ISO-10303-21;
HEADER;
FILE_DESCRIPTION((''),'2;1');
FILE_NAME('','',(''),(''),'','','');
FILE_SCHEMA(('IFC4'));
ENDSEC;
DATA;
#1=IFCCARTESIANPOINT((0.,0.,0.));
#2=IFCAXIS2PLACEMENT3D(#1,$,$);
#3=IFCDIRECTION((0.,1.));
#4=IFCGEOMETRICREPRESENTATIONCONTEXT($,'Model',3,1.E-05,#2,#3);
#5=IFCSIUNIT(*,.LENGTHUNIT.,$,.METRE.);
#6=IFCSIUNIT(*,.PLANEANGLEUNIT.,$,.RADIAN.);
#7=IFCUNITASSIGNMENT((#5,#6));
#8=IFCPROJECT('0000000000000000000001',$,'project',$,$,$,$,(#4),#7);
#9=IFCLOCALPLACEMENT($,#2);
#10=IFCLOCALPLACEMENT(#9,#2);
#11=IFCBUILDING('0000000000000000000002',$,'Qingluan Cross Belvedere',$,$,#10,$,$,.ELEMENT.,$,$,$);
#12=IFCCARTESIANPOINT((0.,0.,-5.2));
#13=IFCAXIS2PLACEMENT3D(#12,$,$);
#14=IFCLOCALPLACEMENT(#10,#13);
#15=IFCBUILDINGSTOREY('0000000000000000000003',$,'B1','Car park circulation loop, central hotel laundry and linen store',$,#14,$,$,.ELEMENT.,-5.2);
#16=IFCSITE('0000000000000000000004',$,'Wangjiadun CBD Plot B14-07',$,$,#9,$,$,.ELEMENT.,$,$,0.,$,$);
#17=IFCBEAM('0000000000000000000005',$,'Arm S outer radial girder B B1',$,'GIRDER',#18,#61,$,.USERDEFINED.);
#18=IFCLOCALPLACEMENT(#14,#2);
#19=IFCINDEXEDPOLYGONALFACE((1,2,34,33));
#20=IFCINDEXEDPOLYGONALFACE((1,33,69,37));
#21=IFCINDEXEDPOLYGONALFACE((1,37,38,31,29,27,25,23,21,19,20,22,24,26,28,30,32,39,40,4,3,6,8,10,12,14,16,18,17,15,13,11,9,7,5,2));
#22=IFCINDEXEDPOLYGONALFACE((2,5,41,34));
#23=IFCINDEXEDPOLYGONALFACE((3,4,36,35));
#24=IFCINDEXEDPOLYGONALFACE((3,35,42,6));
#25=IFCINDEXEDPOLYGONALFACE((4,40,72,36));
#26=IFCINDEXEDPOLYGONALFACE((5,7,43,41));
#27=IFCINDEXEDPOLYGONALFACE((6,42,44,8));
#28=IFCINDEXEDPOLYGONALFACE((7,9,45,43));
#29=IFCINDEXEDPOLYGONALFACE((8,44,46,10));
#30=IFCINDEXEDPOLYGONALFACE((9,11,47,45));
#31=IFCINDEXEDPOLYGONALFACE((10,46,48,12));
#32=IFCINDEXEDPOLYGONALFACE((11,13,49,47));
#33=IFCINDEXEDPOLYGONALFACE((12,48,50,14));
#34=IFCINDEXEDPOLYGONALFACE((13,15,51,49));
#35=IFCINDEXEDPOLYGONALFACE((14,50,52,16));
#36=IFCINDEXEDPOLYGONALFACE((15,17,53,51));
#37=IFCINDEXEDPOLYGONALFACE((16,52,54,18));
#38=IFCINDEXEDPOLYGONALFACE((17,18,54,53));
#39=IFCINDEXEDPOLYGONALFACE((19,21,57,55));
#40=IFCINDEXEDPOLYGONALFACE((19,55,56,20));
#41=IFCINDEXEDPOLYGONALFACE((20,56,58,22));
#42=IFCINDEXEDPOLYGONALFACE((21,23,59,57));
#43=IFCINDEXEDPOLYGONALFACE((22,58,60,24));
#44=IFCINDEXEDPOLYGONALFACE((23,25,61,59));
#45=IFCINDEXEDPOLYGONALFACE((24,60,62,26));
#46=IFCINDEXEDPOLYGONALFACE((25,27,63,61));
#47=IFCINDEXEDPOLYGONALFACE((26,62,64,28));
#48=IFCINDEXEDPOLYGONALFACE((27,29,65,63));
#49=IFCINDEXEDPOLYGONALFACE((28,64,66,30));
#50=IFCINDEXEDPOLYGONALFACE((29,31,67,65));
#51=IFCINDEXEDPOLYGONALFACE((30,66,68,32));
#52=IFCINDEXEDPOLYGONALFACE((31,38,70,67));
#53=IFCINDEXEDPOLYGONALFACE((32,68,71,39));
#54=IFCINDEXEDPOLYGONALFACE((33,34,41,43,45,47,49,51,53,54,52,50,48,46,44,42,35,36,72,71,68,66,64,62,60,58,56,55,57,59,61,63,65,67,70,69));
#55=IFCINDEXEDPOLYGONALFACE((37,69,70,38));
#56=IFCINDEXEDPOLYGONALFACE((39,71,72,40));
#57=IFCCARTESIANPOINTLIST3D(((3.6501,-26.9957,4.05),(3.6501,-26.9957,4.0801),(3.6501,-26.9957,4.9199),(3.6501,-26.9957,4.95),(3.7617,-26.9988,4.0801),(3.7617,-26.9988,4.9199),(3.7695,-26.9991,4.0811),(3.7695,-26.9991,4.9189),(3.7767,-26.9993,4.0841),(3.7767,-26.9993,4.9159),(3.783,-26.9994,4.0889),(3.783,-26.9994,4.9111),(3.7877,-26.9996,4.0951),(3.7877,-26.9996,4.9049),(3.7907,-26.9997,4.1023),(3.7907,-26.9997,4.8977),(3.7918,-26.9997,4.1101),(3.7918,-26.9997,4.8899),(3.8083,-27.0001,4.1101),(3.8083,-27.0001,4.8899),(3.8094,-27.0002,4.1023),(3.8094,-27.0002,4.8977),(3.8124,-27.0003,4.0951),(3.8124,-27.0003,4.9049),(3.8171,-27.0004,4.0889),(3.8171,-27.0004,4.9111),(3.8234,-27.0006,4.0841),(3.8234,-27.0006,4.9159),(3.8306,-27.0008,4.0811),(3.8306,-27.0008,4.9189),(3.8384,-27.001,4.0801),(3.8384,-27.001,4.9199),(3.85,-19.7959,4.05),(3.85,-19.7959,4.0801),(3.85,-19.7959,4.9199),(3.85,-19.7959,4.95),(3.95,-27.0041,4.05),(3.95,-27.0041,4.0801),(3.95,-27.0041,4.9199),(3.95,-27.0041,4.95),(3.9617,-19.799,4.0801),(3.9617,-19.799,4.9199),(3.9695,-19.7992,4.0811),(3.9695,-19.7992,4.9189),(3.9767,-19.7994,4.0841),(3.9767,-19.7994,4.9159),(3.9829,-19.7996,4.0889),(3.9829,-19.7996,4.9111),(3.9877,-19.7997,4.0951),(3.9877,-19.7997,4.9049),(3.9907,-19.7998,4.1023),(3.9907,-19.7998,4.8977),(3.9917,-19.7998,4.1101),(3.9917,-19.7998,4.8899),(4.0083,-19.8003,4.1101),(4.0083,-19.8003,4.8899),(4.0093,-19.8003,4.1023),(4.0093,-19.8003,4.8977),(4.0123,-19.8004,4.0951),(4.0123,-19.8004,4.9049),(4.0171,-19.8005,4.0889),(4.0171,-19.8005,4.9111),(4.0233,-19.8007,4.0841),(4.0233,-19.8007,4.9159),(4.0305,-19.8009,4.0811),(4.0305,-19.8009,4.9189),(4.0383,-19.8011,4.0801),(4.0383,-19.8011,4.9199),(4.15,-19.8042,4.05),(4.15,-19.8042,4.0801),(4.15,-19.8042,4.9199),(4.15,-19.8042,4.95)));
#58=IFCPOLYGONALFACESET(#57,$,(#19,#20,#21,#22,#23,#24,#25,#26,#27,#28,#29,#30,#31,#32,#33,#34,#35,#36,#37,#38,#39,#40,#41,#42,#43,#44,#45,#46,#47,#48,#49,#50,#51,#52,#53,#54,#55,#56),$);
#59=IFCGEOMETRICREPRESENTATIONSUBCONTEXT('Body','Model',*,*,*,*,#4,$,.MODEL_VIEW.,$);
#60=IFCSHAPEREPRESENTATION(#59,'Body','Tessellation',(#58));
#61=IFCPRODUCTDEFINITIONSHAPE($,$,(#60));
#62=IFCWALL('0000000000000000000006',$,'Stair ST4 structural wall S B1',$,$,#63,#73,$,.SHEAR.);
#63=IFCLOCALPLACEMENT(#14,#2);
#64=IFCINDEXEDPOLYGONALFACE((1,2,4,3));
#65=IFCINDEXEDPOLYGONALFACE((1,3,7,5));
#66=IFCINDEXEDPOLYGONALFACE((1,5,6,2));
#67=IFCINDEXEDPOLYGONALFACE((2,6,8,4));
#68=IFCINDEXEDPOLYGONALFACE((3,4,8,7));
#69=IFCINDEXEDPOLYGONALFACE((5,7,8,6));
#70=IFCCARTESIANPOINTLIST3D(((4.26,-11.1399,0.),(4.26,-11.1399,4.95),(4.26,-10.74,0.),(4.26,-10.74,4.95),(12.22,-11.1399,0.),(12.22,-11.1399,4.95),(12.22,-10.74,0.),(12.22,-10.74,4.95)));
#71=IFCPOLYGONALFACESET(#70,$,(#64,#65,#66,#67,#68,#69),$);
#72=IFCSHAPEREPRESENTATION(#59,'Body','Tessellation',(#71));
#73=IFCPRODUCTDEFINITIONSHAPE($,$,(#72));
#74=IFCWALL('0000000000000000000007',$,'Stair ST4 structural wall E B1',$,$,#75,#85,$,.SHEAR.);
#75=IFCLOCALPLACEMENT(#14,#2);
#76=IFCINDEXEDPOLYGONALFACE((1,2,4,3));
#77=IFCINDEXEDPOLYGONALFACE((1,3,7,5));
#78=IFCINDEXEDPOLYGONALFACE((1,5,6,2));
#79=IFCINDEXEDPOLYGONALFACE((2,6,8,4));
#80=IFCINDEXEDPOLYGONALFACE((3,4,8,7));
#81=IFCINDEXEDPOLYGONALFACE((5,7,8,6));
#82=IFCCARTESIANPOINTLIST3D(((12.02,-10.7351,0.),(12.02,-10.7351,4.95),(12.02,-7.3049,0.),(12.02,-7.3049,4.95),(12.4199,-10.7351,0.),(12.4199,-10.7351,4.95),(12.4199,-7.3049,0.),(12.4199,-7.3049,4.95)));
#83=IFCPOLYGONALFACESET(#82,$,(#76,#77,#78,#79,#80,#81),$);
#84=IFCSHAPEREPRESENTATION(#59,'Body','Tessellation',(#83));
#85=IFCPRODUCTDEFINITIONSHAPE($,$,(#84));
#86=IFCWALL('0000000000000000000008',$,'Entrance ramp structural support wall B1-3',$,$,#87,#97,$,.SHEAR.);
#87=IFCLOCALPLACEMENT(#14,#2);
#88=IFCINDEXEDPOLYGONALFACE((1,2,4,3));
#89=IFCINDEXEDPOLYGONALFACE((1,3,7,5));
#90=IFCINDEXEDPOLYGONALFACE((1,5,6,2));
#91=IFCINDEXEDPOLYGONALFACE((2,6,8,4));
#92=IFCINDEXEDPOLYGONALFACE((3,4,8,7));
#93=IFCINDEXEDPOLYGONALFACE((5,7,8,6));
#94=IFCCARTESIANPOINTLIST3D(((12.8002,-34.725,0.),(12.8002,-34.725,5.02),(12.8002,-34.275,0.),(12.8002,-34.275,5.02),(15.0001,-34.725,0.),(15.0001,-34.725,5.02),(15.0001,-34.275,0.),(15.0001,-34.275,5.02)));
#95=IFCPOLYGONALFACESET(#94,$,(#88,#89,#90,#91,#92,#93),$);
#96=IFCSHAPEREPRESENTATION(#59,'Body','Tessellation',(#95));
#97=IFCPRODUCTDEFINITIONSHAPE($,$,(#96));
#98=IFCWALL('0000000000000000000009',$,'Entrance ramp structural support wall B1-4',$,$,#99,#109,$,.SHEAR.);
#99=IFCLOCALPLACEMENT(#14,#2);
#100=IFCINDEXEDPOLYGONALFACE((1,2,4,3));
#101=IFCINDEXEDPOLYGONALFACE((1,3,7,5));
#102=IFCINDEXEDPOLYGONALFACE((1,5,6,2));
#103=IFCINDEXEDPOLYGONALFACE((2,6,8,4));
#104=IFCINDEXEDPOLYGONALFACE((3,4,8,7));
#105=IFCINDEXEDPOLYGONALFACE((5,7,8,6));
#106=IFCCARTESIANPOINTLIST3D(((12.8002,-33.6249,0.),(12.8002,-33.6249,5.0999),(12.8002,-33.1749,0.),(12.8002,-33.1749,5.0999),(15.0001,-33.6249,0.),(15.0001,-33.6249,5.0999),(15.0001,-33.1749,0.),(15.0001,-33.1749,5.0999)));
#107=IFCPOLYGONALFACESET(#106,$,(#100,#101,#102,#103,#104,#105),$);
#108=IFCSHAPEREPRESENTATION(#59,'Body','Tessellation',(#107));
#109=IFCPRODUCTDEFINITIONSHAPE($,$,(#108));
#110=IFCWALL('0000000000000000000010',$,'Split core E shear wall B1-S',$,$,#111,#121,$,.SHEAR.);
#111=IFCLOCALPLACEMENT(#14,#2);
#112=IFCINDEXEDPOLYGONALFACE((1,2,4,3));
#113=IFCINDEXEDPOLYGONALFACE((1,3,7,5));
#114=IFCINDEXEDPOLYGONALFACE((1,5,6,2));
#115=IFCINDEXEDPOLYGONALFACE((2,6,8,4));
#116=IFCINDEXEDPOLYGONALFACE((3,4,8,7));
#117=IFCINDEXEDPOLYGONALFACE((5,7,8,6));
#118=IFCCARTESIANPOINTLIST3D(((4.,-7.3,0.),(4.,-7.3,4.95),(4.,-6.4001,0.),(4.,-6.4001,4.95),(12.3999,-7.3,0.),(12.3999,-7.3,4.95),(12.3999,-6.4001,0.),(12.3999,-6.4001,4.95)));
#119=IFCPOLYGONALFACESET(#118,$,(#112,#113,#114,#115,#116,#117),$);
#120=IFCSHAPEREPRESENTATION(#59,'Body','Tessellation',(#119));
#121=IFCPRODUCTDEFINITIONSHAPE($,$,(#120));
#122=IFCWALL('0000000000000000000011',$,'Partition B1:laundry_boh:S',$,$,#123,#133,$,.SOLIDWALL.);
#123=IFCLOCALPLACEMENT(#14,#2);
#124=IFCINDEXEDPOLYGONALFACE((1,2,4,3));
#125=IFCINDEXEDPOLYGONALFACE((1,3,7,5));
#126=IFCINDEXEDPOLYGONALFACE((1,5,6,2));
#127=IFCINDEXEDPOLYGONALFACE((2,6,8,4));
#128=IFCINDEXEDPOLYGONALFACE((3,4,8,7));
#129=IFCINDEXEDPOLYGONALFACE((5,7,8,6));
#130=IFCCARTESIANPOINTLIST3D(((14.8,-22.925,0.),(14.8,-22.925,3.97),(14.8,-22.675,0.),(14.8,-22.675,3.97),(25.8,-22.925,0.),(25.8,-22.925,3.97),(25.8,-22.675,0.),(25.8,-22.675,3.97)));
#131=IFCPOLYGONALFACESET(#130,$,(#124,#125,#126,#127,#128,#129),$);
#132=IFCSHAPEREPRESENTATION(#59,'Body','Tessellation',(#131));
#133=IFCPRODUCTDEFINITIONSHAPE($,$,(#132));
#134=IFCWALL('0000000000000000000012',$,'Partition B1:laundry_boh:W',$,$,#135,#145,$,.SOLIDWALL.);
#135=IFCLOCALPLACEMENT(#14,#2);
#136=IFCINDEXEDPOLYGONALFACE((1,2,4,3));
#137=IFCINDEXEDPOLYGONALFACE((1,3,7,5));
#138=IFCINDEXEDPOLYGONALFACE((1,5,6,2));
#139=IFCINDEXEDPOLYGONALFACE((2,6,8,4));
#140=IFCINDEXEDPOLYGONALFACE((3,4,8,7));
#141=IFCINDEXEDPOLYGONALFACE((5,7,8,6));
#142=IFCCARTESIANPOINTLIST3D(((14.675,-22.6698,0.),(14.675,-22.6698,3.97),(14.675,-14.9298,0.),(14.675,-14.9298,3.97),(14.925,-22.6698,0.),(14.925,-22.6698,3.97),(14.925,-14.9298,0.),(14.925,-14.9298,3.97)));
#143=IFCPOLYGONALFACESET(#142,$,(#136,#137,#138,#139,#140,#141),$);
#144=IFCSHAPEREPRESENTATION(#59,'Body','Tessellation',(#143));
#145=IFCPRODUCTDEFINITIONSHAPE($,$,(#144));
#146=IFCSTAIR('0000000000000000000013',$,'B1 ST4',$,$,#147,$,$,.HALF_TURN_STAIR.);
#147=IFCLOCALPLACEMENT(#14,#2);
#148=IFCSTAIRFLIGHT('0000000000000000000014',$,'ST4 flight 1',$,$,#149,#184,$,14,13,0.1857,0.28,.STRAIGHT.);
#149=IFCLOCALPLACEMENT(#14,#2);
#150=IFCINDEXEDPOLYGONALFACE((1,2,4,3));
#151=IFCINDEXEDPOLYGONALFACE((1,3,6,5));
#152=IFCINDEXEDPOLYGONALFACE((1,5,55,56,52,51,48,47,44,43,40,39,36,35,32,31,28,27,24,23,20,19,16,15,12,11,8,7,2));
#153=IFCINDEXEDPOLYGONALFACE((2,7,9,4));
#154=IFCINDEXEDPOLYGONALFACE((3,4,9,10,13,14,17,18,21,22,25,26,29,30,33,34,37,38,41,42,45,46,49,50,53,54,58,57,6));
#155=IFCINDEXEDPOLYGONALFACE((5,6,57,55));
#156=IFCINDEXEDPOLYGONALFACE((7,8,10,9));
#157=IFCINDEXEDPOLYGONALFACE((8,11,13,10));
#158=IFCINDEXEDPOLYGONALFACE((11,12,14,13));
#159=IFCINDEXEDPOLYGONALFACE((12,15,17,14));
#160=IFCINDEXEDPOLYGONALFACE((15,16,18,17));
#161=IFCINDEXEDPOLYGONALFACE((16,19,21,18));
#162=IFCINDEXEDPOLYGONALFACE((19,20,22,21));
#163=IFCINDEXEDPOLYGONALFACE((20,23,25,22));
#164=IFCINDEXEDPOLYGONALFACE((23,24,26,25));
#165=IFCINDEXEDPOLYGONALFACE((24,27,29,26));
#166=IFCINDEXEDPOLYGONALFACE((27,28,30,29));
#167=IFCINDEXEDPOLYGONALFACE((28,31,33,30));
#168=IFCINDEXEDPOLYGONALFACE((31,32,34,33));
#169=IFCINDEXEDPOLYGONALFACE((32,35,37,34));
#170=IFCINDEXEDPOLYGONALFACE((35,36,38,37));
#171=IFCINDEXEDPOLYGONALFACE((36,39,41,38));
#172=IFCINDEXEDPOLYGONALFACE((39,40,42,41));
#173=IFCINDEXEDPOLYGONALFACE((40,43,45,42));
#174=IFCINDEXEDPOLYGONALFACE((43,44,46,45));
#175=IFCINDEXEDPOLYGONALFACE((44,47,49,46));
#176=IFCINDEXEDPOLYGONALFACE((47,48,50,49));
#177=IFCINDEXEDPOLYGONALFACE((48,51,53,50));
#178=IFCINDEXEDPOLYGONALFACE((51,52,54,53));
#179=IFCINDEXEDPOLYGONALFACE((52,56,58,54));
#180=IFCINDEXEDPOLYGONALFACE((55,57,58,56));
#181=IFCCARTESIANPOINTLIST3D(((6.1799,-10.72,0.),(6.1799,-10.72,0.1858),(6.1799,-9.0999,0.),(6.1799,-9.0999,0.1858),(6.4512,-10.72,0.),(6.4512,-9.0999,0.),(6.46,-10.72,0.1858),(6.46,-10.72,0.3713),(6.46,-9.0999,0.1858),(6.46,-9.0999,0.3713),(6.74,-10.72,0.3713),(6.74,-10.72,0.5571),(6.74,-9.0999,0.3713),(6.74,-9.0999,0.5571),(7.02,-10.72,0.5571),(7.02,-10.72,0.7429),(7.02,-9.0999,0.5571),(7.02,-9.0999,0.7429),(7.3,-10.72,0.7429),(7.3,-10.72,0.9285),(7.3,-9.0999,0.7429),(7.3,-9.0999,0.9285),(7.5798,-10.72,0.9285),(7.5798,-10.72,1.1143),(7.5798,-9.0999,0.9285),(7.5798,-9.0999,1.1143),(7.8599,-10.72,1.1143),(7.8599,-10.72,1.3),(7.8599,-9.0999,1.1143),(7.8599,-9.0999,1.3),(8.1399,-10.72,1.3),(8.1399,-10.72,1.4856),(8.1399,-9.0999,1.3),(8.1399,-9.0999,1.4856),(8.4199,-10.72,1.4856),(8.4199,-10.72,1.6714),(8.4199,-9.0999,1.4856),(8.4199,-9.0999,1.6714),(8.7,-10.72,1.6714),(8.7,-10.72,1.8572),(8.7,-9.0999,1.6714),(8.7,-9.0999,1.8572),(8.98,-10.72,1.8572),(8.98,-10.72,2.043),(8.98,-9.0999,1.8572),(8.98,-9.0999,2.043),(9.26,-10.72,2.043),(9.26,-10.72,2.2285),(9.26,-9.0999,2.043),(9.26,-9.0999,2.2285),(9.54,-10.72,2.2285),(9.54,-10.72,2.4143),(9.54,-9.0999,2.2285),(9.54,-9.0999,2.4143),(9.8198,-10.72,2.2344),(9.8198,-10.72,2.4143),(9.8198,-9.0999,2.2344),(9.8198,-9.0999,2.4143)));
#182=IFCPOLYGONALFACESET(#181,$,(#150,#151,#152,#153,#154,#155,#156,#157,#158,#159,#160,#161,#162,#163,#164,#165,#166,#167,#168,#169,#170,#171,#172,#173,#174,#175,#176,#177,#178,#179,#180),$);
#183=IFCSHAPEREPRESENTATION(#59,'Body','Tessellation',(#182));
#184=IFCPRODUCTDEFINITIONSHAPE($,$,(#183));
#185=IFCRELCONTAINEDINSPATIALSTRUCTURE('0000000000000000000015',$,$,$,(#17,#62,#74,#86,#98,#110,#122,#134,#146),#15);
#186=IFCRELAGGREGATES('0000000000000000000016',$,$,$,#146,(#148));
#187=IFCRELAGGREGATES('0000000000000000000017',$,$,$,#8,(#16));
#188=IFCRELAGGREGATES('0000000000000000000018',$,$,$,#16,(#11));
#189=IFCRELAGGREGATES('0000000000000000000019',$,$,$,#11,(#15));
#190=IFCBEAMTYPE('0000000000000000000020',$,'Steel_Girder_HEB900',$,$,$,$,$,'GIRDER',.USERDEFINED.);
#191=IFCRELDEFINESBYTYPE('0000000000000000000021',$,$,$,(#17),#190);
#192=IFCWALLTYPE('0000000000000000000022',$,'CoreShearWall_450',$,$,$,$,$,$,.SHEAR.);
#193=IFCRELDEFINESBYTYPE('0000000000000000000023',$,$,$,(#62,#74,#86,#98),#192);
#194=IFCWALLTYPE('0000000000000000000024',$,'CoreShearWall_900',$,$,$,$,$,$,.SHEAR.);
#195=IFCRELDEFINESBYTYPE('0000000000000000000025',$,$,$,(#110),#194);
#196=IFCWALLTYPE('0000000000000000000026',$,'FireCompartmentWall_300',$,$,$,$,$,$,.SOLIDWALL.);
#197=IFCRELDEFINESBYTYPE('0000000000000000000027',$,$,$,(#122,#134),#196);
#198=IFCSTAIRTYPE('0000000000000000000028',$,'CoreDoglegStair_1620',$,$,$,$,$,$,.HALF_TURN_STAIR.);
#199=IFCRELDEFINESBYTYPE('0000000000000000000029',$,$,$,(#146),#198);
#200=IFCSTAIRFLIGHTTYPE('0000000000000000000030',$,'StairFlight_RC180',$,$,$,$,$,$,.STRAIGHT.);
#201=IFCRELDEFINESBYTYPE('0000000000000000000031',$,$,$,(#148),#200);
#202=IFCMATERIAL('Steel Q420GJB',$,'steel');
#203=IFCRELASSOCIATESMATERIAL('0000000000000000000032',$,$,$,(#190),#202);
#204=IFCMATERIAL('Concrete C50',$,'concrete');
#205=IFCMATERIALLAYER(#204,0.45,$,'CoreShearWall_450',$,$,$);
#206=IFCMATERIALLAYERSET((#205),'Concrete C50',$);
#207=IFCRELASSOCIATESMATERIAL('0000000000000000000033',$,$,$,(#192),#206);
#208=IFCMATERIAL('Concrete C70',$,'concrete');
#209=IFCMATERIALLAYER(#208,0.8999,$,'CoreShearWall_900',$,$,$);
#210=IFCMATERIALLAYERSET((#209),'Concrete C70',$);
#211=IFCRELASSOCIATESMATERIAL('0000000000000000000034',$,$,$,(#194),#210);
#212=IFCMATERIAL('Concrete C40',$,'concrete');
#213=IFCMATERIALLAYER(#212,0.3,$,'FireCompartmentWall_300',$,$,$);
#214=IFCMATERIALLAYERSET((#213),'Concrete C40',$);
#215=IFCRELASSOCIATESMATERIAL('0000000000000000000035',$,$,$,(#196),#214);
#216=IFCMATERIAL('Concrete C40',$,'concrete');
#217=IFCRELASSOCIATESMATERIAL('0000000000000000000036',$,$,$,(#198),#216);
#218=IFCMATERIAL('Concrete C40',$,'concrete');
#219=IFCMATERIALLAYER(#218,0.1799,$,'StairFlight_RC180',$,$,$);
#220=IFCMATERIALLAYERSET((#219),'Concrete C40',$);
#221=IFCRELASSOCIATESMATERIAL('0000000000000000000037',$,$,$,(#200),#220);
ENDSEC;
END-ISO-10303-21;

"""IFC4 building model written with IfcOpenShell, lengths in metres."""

from ifc_helpers import new_model, si_unit, direction, frame, frame_2d, origin, origin_2d, place, context, subcontext, project, spatial, polyline, rectangle, i_section, outline, extrude, material, layer, layer_set, material_profile, profile_set, type_object, element, aggregate, save


model = new_model("IFC4")

# Units and contexts
model_context = context("Model", 3, precision=1e-05, world=origin(), true_north=direction((0.0, 1.0)))
body_context = subcontext(model_context, "Body", "Model", "MODEL_VIEW")
ifc_project = project(units=[si_unit("LENGTHUNIT", "METRE"), si_unit("PLANEANGLEUNIT", "RADIAN")], contexts=[model_context])

# Site, building, storey
site_placement = place(None, origin())
site = spatial("IfcSite", under=ifc_project, at=site_placement, Name="Wangjiadun CBD Plot B14-07", CompositionType="ELEMENT", RefElevation=0.0)
building_placement = place(site_placement, origin())
building = spatial("IfcBuilding", under=site, at=building_placement, Name="Qingluan Cross Belvedere", CompositionType="ELEMENT")
storey_placement = place(building_placement, frame((0.0, 0.0, -5.2)))
storey = spatial("IfcBuildingStorey", under=building, at=storey_placement, Name="B1", Description="Car park circulation loop, central hotel laundry and linen store", CompositionType="ELEMENT", Elevation=-5.2)

# Beam
ifc_material_1 = material(Name="Steel Q420GJB", Category="steel")
ifc_material_profile_1 = material_profile(ifc_material_1, i_section(OverallWidth=0.3, OverallDepth=0.8999, WebThickness=0.0166, FlangeThickness=0.03, FilletRadius=0.03, at=origin_2d()), Name="HEB900")
ifc_profile_set_1 = profile_set([ifc_material_profile_1], Name="Steel Q420GJB")
beam_type_1 = type_object("IfcBeamType", Name="Steel_Girder_HEB900", ElementType="GIRDER", PredefinedType="USERDEFINED", material=ifc_profile_set_1)
beam_1_placement = place(storey_placement, frame((4.0, -19.8, 4.5), z_axis=(-0.02776, -0.999615, 0.0), x_axis=(0.999615, -0.02776, 0.0)))
element("IfcBeam", 1, at=beam_1_placement, inside=storey, type_object=beam_type_1, Name="Arm S outer radial girder B B1", ObjectType="GIRDER", PredefinedType="USERDEFINED", context=body_context, shape_type="SweptSolid", body=[
    extrude(i_section(OverallWidth=0.3, OverallDepth=0.8999, WebThickness=0.0166, FlangeThickness=0.03, FilletRadius=0.03, at=origin_2d()), origin(), (0.0, 0.0, 1.0), 7.2026),
])

# Wall
ifc_material_2 = material(Name="Concrete C50", Category="concrete")
ifc_layer_1 = layer(ifc_material_2, 0.45, Name="CoreShearWall_450")
ifc_layer_set_1 = layer_set([ifc_layer_1], Name="Concrete C50")
wall_type_1 = type_object("IfcWallType", Name="CoreShearWall_450", PredefinedType="SHEAR", material=ifc_layer_set_1)
wall_1_placement = place(storey_placement, frame((4.26, -10.9399, 0.0), z_axis=(0.0, 0.0, 1.0), x_axis=(1.0, 0.0, 0.0)))
element("IfcWall", 2, at=wall_1_placement, inside=storey, type_object=wall_type_1, Name="Stair ST4 structural wall S B1", PredefinedType="SHEAR", context=body_context, shape_type="SweptSolid", body=[
    extrude(rectangle(XDim=7.96, YDim=0.3999, at=frame_2d((3.98, 0.0))), origin(), (0.0, 0.0, 1.0), 4.95),
])

# Walls
wall_2_placement = place(storey_placement, frame((12.22, -10.7351, 0.0), z_axis=(0.0, 0.0, 1.0), x_axis=(0.0, 1.0, 0.0)))
element("IfcWall", 3, at=wall_2_placement, inside=storey, type_object=wall_type_1, Name="Stair ST4 structural wall E B1", PredefinedType="SHEAR", context=body_context, shape_type="SweptSolid", body=[
    extrude(rectangle(XDim=3.4302, YDim=0.3999, at=frame_2d((1.7151, 0.0))), origin(), (0.0, 0.0, 1.0), 4.95),
])
wall_3_placement = place(storey_placement, frame((12.8, -34.5, 0.0), z_axis=(0.0, 0.0, 1.0), x_axis=(1.0, 0.0, 0.0)))
element("IfcWall", 4, at=wall_3_placement, inside=storey, type_object=wall_type_1, Name="Entrance ramp structural support wall B1-3", PredefinedType="SHEAR", context=body_context, shape_type="SweptSolid", body=[
    extrude(rectangle(XDim=2.2, YDim=0.45, at=frame_2d((1.1001, 0.0))), origin(), (0.0, 0.0, 1.0), 5.02),
])
wall_4_placement = place(storey_placement, frame((12.8, -33.3999, 0.0), z_axis=(0.0, 0.0, 1.0), x_axis=(1.0, 0.0, 0.0)))
element("IfcWall", 5, at=wall_4_placement, inside=storey, type_object=wall_type_1, Name="Entrance ramp structural support wall B1-4", PredefinedType="SHEAR", context=body_context, shape_type="SweptSolid", body=[
    extrude(rectangle(XDim=2.2, YDim=0.45, at=frame_2d((1.1001, 0.0))), origin(), (0.0, 0.0, 1.0), 5.0999),
])
ifc_material_3 = material(Name="Concrete C70", Category="concrete")
ifc_layer_2 = layer(ifc_material_3, 0.8999, Name="CoreShearWall_900")
ifc_layer_set_2 = layer_set([ifc_layer_2], Name="Concrete C70")
wall_type_2 = type_object("IfcWallType", Name="CoreShearWall_900", PredefinedType="SHEAR", material=ifc_layer_set_2)
wall_5_placement = place(storey_placement, frame((4.0, -6.8501, 0.0), z_axis=(0.0, 0.0, 1.0), x_axis=(1.0, 0.0, 0.0)))
element("IfcWall", 6, at=wall_5_placement, inside=storey, type_object=wall_type_2, Name="Split core E shear wall B1-S", PredefinedType="SHEAR", context=body_context, shape_type="SweptSolid", body=[
    extrude(rectangle(XDim=8.3999, YDim=0.8999, at=frame_2d((4.2, 0.0))), origin(), (0.0, 0.0, 1.0), 4.95),
])
ifc_material_4 = material(Name="Concrete C40", Category="concrete")
ifc_layer_3 = layer(ifc_material_4, 0.3, Name="FireCompartmentWall_300")
ifc_layer_set_3 = layer_set([ifc_layer_3], Name="Concrete C40")
wall_type_3 = type_object("IfcWallType", Name="FireCompartmentWall_300", PredefinedType="SOLIDWALL", material=ifc_layer_set_3)
wall_6_placement = place(storey_placement, frame((14.8, -22.8, 0.0), z_axis=(0.0, 0.0, 1.0), x_axis=(1.0, 0.0, 0.0)))
element("IfcWall", 7, at=wall_6_placement, inside=storey, type_object=wall_type_3, Name="Partition B1:laundry_boh:S", PredefinedType="SOLIDWALL", context=body_context, shape_type="SweptSolid", body=[
    extrude(rectangle(XDim=11.0, YDim=0.25, at=frame_2d((5.5, 0.0))), origin(), (0.0, 0.0, 1.0), 3.97),
])
wall_7_placement = place(storey_placement, frame((14.8, -22.6699, 0.0), z_axis=(0.0, 0.0, 1.0), x_axis=(0.0, 1.0, 0.0)))
element("IfcWall", 8, at=wall_7_placement, inside=storey, type_object=wall_type_3, Name="Partition B1:laundry_boh:W", PredefinedType="SOLIDWALL", context=body_context, shape_type="SweptSolid", body=[
    extrude(rectangle(XDim=7.74, YDim=0.25, at=frame_2d((3.8701, 0.0))), origin(), (0.0, 0.0, 1.0), 3.97),
])

# Stair, stair flight
ifc_material_5 = material(Name="Concrete C40", Category="concrete")
stair_type = type_object("IfcStairType", Name="CoreDoglegStair_1620", PredefinedType="HALF_TURN_STAIR", material=ifc_material_5)
stair_placement = place(storey_placement, origin())
stair = element("IfcStair", 9, at=stair_placement, inside=storey, type_object=stair_type, Name="B1 ST4", PredefinedType="HALF_TURN_STAIR")
ifc_material_6 = material(Name="Concrete C40", Category="concrete")
ifc_layer_4 = layer(ifc_material_6, 0.1799, Name="StairFlight_RC180")
ifc_layer_set_4 = layer_set([ifc_layer_4], Name="Concrete C40")
stair_flight_type = type_object("IfcStairFlightType", Name="StairFlight_RC180", PredefinedType="STRAIGHT", material=ifc_layer_set_4)
stair_flight_1_placement = place(storey_placement, frame((6.1799, -9.9099, 0.0), z_axis=(0.0, 0.0, 1.0), x_axis=(1.0, 0.0, 0.0)))
stair_flight_1 = element("IfcStairFlight", 10, at=stair_flight_1_placement, type_object=stair_flight_type, Name="ST4 flight 1", NumberOfRisers=14, NumberOfTreads=13, PredefinedType="STRAIGHT", RiserHeight=0.1857, TreadLength=0.28, context=body_context, shape_type="SweptSolid", body=[
    extrude(outline(polyline([(0.0, 0.0), (0.0, 0.1858), (0.28, 0.1858), (0.28, 0.3713), (0.5601, 0.3713), (0.5601, 0.5571), (0.8401, 0.5571), (0.8401, 0.7429), (1.1201, 0.7429), (1.1201, 0.9285), (1.3999, 0.9285), (1.3999, 1.1143), (1.6799, 1.1143), (1.6799, 1.3), (1.96, 1.3), (1.96, 1.4856), (2.24, 1.4856), (2.24, 1.6714), (2.52, 1.6714), (2.52, 1.8572), (2.8, 1.8572), (2.8, 2.043), (3.0801, 2.043), (3.0801, 2.2285), (3.3601, 2.2285), (3.3601, 2.4143), (3.6399, 2.4143), (3.6399, 2.6001), (3.6399, 2.2344), (0.2712, 0.0), (0.0, 0.0)])), frame((0.0, 0.8101, 0.0), z_axis=(0.0, -1.0, 0.0), x_axis=(1.0, 0.0, 0.0)), (0.0, 0.0, 1.0), 1.6201),
])
aggregate(stair, [stair_flight_1])

save(model, "model.ifc")
